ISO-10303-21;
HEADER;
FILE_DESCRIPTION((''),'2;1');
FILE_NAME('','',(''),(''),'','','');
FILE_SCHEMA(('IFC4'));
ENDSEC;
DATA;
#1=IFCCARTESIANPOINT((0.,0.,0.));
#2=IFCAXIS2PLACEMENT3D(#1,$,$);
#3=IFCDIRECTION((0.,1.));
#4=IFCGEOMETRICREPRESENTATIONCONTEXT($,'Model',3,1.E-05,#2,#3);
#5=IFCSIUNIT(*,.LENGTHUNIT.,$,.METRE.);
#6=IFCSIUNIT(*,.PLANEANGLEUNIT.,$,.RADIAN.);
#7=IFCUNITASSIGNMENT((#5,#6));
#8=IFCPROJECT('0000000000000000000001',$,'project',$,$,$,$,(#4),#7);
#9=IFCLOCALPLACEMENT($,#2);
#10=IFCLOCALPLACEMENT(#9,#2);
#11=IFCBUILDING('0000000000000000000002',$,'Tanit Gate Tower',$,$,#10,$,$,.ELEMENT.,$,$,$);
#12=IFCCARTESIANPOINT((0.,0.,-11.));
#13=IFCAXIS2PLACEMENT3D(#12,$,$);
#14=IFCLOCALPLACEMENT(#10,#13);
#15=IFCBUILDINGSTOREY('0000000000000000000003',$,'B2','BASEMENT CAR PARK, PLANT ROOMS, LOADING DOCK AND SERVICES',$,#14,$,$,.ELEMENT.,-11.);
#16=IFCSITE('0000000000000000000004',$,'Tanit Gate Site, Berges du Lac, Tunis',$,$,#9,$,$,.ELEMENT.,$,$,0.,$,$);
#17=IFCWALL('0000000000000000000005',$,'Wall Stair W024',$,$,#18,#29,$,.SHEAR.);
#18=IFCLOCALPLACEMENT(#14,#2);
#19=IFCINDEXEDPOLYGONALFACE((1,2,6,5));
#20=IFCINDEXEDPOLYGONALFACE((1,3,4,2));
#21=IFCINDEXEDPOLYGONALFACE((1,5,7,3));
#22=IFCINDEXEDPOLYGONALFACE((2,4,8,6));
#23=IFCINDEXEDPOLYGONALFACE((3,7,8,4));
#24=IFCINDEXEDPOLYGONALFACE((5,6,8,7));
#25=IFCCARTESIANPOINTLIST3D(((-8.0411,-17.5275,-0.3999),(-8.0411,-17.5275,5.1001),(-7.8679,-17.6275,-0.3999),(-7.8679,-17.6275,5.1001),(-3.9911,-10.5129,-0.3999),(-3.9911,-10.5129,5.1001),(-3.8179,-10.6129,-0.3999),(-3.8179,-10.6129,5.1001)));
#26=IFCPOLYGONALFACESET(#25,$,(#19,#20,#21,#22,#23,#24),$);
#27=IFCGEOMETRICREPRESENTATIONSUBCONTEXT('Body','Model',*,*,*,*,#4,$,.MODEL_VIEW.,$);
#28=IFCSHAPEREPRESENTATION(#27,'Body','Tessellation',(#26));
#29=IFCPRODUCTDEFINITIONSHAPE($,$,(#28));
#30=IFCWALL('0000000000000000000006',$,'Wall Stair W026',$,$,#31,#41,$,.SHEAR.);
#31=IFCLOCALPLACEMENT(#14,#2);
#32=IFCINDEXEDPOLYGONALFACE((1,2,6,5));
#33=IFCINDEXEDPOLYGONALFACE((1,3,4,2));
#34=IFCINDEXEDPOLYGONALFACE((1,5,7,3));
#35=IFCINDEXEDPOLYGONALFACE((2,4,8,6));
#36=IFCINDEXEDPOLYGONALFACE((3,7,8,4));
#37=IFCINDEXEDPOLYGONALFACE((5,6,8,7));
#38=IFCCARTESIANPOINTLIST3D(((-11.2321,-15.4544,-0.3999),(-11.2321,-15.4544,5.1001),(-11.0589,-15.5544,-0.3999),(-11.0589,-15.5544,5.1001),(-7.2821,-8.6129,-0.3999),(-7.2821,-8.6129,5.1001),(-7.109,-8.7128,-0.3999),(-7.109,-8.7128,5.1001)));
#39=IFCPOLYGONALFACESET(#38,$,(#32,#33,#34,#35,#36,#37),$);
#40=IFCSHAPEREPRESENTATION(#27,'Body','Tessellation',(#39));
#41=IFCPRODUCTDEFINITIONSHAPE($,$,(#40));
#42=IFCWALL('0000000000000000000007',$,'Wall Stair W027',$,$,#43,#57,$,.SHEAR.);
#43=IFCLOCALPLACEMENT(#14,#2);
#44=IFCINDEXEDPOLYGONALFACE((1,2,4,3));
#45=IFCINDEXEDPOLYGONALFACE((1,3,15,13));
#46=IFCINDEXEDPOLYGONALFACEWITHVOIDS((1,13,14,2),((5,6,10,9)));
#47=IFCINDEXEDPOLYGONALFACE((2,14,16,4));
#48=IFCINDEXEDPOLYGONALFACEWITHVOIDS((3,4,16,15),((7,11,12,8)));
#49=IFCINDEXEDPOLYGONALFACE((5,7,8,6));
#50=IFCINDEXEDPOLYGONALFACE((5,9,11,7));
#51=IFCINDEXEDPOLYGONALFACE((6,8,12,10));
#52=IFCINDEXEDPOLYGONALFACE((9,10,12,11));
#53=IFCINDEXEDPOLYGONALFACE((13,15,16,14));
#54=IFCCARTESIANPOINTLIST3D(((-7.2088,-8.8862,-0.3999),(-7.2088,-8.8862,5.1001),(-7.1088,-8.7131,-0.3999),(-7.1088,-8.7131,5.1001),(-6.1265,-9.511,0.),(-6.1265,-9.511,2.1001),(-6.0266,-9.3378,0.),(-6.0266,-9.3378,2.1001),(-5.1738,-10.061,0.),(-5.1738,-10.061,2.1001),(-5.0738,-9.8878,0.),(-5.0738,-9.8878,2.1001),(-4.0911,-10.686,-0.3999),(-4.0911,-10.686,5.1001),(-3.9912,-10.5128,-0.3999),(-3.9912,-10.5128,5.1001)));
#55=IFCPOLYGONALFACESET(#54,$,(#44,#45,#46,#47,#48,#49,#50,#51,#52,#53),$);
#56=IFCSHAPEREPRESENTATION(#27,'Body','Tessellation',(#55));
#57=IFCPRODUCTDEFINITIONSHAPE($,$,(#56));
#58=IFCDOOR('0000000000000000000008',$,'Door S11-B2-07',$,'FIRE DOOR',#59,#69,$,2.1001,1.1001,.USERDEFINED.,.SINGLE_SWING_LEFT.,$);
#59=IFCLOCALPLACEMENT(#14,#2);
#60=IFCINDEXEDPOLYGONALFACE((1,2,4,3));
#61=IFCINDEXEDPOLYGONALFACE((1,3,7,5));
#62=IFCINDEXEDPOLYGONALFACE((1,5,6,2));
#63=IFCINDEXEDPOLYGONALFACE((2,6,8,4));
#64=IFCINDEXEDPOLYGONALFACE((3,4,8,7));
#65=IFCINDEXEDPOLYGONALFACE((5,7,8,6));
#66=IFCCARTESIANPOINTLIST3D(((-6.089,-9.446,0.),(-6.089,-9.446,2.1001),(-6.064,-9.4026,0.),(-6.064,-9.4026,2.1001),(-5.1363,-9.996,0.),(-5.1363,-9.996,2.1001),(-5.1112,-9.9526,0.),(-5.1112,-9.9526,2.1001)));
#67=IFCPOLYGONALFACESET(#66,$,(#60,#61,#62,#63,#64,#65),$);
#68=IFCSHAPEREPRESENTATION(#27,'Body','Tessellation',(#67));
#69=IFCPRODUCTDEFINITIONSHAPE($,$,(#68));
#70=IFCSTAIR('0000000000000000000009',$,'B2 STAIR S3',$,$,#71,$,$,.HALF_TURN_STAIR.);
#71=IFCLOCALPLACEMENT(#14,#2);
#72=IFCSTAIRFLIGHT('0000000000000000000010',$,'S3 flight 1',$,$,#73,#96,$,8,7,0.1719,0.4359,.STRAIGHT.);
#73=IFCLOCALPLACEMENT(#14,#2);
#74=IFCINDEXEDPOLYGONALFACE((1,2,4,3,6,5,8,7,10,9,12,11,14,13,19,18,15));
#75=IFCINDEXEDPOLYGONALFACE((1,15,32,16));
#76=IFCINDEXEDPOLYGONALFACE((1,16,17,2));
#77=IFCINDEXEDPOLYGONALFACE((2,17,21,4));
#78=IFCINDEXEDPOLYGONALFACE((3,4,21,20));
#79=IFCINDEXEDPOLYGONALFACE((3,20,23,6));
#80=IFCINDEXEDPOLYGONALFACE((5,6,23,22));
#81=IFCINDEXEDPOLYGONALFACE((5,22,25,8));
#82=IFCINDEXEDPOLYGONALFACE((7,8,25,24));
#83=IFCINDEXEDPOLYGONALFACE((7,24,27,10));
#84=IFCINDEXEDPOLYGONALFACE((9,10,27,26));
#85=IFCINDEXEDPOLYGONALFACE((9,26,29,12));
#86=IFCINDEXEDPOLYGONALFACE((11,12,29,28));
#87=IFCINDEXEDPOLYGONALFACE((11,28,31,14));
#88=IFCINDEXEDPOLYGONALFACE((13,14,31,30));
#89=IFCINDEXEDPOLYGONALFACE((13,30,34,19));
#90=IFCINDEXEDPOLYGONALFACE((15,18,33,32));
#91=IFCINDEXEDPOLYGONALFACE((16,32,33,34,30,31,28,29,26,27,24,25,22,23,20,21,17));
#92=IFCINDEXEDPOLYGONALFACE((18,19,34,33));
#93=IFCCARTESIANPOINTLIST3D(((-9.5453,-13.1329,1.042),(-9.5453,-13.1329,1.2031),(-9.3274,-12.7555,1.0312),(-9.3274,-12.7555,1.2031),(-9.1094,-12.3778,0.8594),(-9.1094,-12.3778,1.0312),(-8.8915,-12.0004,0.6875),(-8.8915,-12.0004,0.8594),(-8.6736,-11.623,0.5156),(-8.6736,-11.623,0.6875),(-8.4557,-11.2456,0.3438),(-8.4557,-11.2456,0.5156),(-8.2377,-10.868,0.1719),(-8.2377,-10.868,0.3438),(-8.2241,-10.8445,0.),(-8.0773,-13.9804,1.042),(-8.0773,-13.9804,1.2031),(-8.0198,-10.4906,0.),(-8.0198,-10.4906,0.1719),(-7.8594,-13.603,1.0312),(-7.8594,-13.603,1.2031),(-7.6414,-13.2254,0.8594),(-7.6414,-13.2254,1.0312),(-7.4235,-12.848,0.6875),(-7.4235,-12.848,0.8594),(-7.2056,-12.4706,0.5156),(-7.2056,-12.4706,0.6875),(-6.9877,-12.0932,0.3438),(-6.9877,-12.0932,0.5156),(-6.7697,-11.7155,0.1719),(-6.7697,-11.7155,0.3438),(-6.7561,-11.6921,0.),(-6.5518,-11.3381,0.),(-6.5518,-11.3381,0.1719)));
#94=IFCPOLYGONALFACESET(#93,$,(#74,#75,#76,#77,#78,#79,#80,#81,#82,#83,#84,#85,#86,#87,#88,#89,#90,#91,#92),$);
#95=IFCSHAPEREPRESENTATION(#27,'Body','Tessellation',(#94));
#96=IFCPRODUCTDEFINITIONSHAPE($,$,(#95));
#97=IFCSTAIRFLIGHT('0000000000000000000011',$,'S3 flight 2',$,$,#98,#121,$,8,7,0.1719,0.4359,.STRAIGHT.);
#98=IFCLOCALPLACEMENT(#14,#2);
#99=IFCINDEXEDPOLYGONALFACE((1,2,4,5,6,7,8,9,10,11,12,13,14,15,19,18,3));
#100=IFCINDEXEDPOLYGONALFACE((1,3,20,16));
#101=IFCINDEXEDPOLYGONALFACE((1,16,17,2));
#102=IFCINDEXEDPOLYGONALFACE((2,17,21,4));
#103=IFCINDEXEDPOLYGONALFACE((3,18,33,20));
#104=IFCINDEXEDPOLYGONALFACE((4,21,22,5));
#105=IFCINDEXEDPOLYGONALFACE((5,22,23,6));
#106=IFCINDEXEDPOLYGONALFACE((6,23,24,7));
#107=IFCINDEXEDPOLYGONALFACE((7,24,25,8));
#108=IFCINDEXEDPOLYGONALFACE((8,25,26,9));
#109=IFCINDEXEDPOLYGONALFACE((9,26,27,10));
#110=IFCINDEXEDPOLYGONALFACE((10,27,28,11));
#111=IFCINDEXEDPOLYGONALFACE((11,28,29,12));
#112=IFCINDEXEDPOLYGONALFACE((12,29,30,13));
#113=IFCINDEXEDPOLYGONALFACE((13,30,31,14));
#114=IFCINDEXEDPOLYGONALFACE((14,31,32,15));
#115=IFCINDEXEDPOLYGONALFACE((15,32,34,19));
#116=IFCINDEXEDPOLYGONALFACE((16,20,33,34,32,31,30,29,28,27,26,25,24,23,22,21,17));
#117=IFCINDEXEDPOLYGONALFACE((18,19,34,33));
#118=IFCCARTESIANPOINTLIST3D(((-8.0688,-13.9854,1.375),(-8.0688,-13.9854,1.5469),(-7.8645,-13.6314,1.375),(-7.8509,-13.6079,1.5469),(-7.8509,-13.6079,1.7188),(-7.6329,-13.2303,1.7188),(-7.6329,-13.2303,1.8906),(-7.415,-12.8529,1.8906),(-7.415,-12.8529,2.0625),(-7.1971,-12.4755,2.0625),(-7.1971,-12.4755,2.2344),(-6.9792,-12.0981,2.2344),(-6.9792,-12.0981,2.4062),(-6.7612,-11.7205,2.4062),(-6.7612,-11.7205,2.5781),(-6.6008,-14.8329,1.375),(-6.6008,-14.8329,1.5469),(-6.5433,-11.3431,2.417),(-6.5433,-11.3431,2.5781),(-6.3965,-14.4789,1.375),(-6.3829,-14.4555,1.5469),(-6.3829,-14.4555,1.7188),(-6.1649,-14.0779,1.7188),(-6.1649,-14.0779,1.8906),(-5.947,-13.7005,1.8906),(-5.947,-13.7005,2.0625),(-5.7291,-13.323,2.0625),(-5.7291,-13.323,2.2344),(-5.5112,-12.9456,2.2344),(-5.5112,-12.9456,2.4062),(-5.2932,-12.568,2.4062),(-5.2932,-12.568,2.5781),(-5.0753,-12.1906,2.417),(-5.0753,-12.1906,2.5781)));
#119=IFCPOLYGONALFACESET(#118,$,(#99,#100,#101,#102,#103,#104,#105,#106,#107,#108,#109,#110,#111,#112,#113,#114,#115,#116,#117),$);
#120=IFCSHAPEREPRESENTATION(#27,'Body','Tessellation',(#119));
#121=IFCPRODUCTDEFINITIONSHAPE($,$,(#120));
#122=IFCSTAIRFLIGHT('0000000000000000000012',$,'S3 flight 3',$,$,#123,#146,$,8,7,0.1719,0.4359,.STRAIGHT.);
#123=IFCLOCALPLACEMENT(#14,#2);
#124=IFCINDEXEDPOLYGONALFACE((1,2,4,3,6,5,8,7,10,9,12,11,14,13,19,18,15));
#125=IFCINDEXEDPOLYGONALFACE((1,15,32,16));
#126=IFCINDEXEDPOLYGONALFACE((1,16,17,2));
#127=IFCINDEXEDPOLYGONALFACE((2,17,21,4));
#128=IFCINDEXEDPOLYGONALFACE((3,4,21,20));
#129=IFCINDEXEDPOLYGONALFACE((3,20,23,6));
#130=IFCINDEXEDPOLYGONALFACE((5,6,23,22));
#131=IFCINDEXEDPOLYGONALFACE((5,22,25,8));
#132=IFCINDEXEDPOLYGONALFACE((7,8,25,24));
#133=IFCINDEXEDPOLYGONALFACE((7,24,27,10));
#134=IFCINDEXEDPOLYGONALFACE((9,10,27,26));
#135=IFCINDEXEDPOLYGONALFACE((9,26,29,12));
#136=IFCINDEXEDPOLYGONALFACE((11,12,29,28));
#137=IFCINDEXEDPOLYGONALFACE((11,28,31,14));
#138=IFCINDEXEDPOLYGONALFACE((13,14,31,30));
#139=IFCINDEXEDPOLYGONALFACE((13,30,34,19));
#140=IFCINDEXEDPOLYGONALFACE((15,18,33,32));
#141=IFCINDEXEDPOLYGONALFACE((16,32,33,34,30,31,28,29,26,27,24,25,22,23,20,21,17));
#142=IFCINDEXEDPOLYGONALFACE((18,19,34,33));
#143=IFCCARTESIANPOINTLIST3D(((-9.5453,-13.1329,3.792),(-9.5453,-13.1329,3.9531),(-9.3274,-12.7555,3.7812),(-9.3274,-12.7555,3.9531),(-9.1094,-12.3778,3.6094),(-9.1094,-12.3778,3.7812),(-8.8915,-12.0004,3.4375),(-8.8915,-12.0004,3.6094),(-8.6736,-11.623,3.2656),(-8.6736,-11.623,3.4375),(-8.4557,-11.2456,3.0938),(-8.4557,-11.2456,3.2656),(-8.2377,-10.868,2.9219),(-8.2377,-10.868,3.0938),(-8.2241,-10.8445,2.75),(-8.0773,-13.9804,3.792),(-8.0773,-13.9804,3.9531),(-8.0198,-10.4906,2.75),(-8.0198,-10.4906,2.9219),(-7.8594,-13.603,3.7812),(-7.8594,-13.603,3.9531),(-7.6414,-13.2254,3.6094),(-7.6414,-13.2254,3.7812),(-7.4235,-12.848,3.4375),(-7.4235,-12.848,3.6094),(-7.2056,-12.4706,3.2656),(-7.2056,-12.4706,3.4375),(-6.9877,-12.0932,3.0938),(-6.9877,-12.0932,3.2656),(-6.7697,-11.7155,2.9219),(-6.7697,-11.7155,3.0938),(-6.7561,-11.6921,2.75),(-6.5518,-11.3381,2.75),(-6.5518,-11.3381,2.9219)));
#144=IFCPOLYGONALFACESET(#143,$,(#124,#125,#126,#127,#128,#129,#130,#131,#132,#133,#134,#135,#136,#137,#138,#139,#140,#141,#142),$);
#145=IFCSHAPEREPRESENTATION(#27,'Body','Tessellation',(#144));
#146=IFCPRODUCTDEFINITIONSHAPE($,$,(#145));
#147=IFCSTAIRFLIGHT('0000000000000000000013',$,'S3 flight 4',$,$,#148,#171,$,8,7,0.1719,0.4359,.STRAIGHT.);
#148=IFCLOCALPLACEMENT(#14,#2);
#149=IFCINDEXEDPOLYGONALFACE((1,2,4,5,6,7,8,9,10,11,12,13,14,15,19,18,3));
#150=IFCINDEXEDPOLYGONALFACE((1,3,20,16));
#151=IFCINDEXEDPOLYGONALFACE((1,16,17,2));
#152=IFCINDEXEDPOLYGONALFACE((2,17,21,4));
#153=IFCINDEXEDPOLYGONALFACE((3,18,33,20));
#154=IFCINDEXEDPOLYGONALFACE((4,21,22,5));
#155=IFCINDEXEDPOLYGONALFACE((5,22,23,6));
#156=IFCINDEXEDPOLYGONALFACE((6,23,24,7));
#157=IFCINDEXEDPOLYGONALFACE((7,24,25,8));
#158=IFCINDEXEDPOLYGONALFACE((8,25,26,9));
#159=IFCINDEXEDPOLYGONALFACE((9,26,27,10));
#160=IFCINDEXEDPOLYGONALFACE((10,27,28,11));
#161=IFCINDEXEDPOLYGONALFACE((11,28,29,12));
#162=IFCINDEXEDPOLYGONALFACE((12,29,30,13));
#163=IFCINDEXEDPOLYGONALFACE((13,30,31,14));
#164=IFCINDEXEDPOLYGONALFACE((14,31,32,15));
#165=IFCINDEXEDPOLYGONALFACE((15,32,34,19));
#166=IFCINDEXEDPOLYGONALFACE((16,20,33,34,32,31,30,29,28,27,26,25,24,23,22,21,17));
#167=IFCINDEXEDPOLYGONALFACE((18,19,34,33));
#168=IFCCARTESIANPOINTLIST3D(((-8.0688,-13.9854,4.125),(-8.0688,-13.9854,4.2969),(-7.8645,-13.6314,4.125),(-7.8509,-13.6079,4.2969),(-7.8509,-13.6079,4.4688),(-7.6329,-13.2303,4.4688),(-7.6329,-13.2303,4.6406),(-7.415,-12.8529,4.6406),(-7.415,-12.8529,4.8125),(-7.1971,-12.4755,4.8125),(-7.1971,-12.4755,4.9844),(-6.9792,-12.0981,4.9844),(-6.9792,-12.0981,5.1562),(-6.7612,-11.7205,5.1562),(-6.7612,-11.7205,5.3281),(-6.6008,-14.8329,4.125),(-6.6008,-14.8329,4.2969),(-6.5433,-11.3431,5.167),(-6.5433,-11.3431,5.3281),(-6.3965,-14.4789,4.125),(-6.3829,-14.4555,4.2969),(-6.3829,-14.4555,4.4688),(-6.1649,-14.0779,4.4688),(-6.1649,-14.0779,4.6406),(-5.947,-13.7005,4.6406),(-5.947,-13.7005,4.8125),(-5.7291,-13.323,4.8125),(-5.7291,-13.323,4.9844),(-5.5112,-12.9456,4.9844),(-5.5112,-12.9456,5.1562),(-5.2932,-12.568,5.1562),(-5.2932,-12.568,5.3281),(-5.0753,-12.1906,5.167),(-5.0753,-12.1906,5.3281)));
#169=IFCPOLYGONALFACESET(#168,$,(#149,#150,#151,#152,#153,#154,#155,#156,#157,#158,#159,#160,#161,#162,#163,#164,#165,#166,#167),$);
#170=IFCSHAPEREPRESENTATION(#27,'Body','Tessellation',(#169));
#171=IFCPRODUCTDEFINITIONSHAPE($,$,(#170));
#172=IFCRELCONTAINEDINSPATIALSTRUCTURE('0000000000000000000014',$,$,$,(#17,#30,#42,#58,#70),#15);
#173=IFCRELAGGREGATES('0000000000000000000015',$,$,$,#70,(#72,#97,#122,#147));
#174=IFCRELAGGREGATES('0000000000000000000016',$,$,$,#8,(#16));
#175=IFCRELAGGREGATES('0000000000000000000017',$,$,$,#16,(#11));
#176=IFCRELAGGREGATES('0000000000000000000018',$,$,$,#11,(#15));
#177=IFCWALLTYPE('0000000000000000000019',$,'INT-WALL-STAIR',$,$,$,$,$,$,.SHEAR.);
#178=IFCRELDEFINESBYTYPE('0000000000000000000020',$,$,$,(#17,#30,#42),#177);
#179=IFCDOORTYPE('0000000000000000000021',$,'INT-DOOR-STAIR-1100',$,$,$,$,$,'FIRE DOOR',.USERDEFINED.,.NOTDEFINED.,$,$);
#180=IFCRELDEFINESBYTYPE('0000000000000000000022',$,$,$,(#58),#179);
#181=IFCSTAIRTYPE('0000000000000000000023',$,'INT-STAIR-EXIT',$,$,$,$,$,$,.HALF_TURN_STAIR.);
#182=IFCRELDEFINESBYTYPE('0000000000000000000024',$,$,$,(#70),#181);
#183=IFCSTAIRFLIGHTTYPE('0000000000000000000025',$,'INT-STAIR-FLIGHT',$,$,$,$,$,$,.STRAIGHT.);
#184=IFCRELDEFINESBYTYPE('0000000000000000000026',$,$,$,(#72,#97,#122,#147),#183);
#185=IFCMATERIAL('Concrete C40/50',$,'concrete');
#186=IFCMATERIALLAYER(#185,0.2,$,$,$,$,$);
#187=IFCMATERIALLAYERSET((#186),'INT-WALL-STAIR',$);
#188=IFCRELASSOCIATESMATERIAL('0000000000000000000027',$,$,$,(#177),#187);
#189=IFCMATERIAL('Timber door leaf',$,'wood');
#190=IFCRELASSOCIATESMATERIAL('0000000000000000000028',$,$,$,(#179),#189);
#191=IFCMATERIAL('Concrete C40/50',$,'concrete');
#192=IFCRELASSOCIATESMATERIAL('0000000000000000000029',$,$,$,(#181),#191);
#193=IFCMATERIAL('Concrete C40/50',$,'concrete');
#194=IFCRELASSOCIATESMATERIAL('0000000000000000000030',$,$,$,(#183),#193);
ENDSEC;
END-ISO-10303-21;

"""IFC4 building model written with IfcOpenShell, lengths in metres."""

from ifc_helpers import new_model, si_unit, direction, frame, frame_2d, origin, place, context, subcontext, project, spatial, polyline, rectangle, outline, extrude, material, layer, layer_set, type_object, element, fill, aggregate, save


model = new_model("IFC4")

# Units and contexts
model_context = context("Model", 3, precision=1e-05, world=origin(), true_north=direction((0.0, 1.0)))
body_context = subcontext(model_context, "Body", "Model", "MODEL_VIEW")
ifc_project = project(units=[si_unit("LENGTHUNIT", "METRE"), si_unit("PLANEANGLEUNIT", "RADIAN")], contexts=[model_context])

# Site, building, storey
site_placement = place(None, origin())
site = spatial("IfcSite", under=ifc_project, at=site_placement, Name="Tanit Gate Site, Berges du Lac, Tunis", CompositionType="ELEMENT", RefElevation=0.0)
building_placement = place(site_placement, origin())
building = spatial("IfcBuilding", under=site, at=building_placement, Name="Tanit Gate Tower", CompositionType="ELEMENT")
storey_placement = place(building_placement, frame((0.0, 0.0, -11.0)))
storey = spatial("IfcBuildingStorey", under=building, at=storey_placement, Name="B2", Description="BASEMENT CAR PARK, PLANT ROOMS, LOADING DOCK AND SERVICES", CompositionType="ELEMENT", Elevation=-11.0)

# Walls
ifc_material_1 = material(Name="Concrete C40/50", Category="concrete")
ifc_layer_1 = layer(ifc_material_1, 0.2)
ifc_layer_set_1 = layer_set([ifc_layer_1], Name="INT-WALL-STAIR")
wall_type_1 = type_object("IfcWallType", Name="INT-WALL-STAIR", PredefinedType="SHEAR", material=ifc_layer_set_1)
wall_1_placement = place(storey_placement, frame((-3.9045, -10.563, -0.3999), z_axis=(0.0, 0.0, 1.0), x_axis=(-0.500013, -0.866018, 0.0)))
element("IfcWall", 1, at=wall_1_placement, inside=storey, type_object=wall_type_1, Name="Wall Stair W024", PredefinedType="SHEAR", context=body_context, shape_type="SweptSolid", body=[
    extrude(rectangle(XDim=8.0999, YDim=0.2, at=frame_2d((4.0498, 0.0))), origin(), (0.0, 0.0, 1.0), 5.5),
])
wall_2_placement = place(storey_placement, frame((-7.1956, -8.6628, -0.3999), z_axis=(0.0, 0.0, 1.0), x_axis=(-0.499998, -0.866027, 0.0)))
element("IfcWall", 2, at=wall_2_placement, inside=storey, type_object=wall_type_1, Name="Wall Stair W026", PredefinedType="SHEAR", context=body_context, shape_type="SweptSolid", body=[
    extrude(rectangle(XDim=7.8999, YDim=0.2, at=frame_2d((3.95, 0.0))), origin(), (0.0, 0.0, 1.0), 5.5),
])

# Wall, opening, door
wall_3_placement = place(storey_placement, frame((-4.0413, -10.5994, -0.3999), z_axis=(0.0, 0.0, 1.0), x_axis=(-0.866048, 0.499961, 0.0)))
wall_3 = element("IfcWall", 3, at=wall_3_placement, inside=storey, type_object=wall_type_1, Name="Wall Stair W027", PredefinedType="SHEAR", context=body_context, shape_type="SweptSolid", body=[
    extrude(rectangle(XDim=3.5999, YDim=0.2, at=frame_2d((1.7998, 0.0))), origin(), (0.0, 0.0, 1.0), 5.5),
])
opening_1_placement = place(wall_3_placement, frame((1.25, 0.0, 0.3999)))
opening_1 = element("IfcOpeningElement", 4, at=opening_1_placement, cuts=wall_3, PredefinedType="OPENING", context=body_context, shape_type="SweptSolid", body=[
    extrude(rectangle(XDim=1.1001, YDim=2.1001, at=frame_2d((0.55, 1.05))), frame((0.0, 0.1099, 0.0), z_axis=(0.0, -1.0, 0.0), x_axis=(1.0, 0.0, 0.0)), (0.0, 0.0, 1.0), 0.22),
])
ifc_material_2 = material(Name="Timber door leaf", Category="wood")
door_type_1 = type_object("IfcDoorType", Name="INT-DOOR-STAIR-1100", ElementType="FIRE DOOR", OperationType="NOTDEFINED", PredefinedType="USERDEFINED", material=ifc_material_2)
door_1_placement = place(opening_1_placement, origin())
door_1 = element("IfcDoor", 5, at=door_1_placement, inside=storey, type_object=door_type_1, Name="Door S11-B2-07", ObjectType="FIRE DOOR", OperationType="SINGLE_SWING_LEFT", OverallHeight=2.1001, OverallWidth=1.1001, PredefinedType="USERDEFINED", context=body_context, shape_type="SweptSolid", body=[
    extrude(rectangle(XDim=1.1001, YDim=2.1001, at=frame_2d((0.55, 1.05))), frame((0.0, 0.0249, 0.0), z_axis=(0.0, -1.0, 0.0), x_axis=(1.0, 0.0, 0.0)), (0.0, 0.0, 1.0), 0.05),
])
fill(opening_1, door_1)

# Stair, stair flights
ifc_material_3 = material(Name="Concrete C40/50", Category="concrete")
stair_type = type_object("IfcStairType", Name="INT-STAIR-EXIT", PredefinedType="HALF_TURN_STAIR", material=ifc_material_3)
stair_placement = place(storey_placement, origin())
stair = element("IfcStair", 6, at=stair_placement, inside=storey, type_object=stair_type, Name="B2 STAIR S3", PredefinedType="HALF_TURN_STAIR")
ifc_material_4 = material(Name="Concrete C40/50", Category="concrete")
stair_flight_type = type_object("IfcStairFlightType", Name="INT-STAIR-FLIGHT", PredefinedType="STRAIGHT", material=ifc_material_4)
stair_flight_1_placement = place(storey_placement, frame((-7.2859, -10.9143, 0.0), z_axis=(0.0, 0.0, 1.0), x_axis=(-0.5, -0.866025, 0.0)))
stair_flight_1 = element("IfcStairFlight", 7, at=stair_flight_1_placement, type_object=stair_flight_type, Name="S3 flight 1", NumberOfRisers=8, NumberOfTreads=7, PredefinedType="STRAIGHT", RiserHeight=0.1719, TreadLength=0.4359, context=body_context, shape_type="SweptSolid", body=[
    extrude(outline(polyline([(0.0, 0.0), (0.0, 0.1719), (0.4358, 0.1719), (0.4358, 0.3438), (0.8718, 0.3438), (0.8718, 0.5156), (1.3076, 0.5156), (1.3076, 0.6875), (1.7434, 0.6875), (1.7434, 0.8594), (2.1792, 0.8594), (2.1792, 1.0312), (2.6152, 1.0312), (2.6152, 1.2031), (3.051, 1.2031), (3.051, 1.375), (3.051, 1.042), (0.4087, 0.0), (0.0, 0.0)])), frame((0.0, 0.8477, 0.0), z_axis=(0.0, -1.0, 0.0), x_axis=(1.0, 0.0, 0.0)), (0.0, 0.0, 1.0), 1.6951),
])
stair_flight_2_placement = place(storey_placement, frame((-7.3347, -14.4092, 1.375), z_axis=(0.0, 0.0, 1.0), x_axis=(0.5, 0.866025, 0.0)))
stair_flight_2 = element("IfcStairFlight", 8, at=stair_flight_2_placement, type_object=stair_flight_type, Name="S3 flight 2", NumberOfRisers=8, NumberOfTreads=7, PredefinedType="STRAIGHT", RiserHeight=0.1719, TreadLength=0.4359, context=body_context, shape_type="SweptSolid", body=[
    extrude(outline(polyline([(0.0, 0.0), (0.0, 0.1719), (0.4358, 0.1719), (0.4358, 0.3438), (0.8718, 0.3438), (0.8718, 0.5156), (1.3076, 0.5156), (1.3076, 0.6875), (1.7434, 0.6875), (1.7434, 0.8594), (2.1792, 0.8594), (2.1792, 1.0312), (2.6152, 1.0312), (2.6152, 1.2031), (3.051, 1.2031), (3.051, 1.375), (3.051, 1.042), (0.4087, 0.0), (0.0, 0.0)])), frame((0.0, 0.8477, 0.0), z_axis=(0.0, -1.0, 0.0), x_axis=(1.0, 0.0, 0.0)), (0.0, 0.0, 1.0), 1.6951),
])
stair_flight_3_placement = place(storey_placement, frame((-7.2859, -10.9143, 2.75), z_axis=(0.0, 0.0, 1.0), x_axis=(-0.5, -0.866025, 0.0)))
stair_flight_3 = element("IfcStairFlight", 9, at=stair_flight_3_placement, type_object=stair_flight_type, Name="S3 flight 3", NumberOfRisers=8, NumberOfTreads=7, PredefinedType="STRAIGHT", RiserHeight=0.1719, TreadLength=0.4359, context=body_context, shape_type="SweptSolid", body=[
    extrude(outline(polyline([(0.0, 0.0), (0.0, 0.1719), (0.4358, 0.1719), (0.4358, 0.3438), (0.8718, 0.3438), (0.8718, 0.5156), (1.3076, 0.5156), (1.3076, 0.6875), (1.7434, 0.6875), (1.7434, 0.8594), (2.1792, 0.8594), (2.1792, 1.0312), (2.6152, 1.0312), (2.6152, 1.2031), (3.051, 1.2031), (3.051, 1.375), (3.051, 1.042), (0.4087, 0.0), (0.0, 0.0)])), frame((0.0, 0.8477, 0.0), z_axis=(0.0, -1.0, 0.0), x_axis=(1.0, 0.0, 0.0)), (0.0, 0.0, 1.0), 1.6951),
])
stair_flight_4_placement = place(storey_placement, frame((-7.3347, -14.4092, 4.125), z_axis=(0.0, 0.0, 1.0), x_axis=(0.5, 0.866025, 0.0)))
stair_flight_4 = element("IfcStairFlight", 10, at=stair_flight_4_placement, type_object=stair_flight_type, Name="S3 flight 4", NumberOfRisers=8, NumberOfTreads=7, PredefinedType="STRAIGHT", RiserHeight=0.1719, TreadLength=0.4359, context=body_context, shape_type="SweptSolid", body=[
    extrude(outline(polyline([(0.0, 0.0), (0.0, 0.1719), (0.4358, 0.1719), (0.4358, 0.3438), (0.8718, 0.3438), (0.8718, 0.5156), (1.3076, 0.5156), (1.3076, 0.6875), (1.7434, 0.6875), (1.7434, 0.8594), (2.1792, 0.8594), (2.1792, 1.0312), (2.6152, 1.0312), (2.6152, 1.2031), (3.051, 1.2031), (3.051, 1.375), (3.051, 1.042), (0.4087, 0.0), (0.0, 0.0)])), frame((0.0, 0.8477, 0.0), z_axis=(0.0, -1.0, 0.0), x_axis=(1.0, 0.0, 0.0)), (0.0, 0.0, 1.0), 1.6951),
])
aggregate(stair, [stair_flight_1, stair_flight_2, stair_flight_3, stair_flight_4])

save(model, "model.ifc")
